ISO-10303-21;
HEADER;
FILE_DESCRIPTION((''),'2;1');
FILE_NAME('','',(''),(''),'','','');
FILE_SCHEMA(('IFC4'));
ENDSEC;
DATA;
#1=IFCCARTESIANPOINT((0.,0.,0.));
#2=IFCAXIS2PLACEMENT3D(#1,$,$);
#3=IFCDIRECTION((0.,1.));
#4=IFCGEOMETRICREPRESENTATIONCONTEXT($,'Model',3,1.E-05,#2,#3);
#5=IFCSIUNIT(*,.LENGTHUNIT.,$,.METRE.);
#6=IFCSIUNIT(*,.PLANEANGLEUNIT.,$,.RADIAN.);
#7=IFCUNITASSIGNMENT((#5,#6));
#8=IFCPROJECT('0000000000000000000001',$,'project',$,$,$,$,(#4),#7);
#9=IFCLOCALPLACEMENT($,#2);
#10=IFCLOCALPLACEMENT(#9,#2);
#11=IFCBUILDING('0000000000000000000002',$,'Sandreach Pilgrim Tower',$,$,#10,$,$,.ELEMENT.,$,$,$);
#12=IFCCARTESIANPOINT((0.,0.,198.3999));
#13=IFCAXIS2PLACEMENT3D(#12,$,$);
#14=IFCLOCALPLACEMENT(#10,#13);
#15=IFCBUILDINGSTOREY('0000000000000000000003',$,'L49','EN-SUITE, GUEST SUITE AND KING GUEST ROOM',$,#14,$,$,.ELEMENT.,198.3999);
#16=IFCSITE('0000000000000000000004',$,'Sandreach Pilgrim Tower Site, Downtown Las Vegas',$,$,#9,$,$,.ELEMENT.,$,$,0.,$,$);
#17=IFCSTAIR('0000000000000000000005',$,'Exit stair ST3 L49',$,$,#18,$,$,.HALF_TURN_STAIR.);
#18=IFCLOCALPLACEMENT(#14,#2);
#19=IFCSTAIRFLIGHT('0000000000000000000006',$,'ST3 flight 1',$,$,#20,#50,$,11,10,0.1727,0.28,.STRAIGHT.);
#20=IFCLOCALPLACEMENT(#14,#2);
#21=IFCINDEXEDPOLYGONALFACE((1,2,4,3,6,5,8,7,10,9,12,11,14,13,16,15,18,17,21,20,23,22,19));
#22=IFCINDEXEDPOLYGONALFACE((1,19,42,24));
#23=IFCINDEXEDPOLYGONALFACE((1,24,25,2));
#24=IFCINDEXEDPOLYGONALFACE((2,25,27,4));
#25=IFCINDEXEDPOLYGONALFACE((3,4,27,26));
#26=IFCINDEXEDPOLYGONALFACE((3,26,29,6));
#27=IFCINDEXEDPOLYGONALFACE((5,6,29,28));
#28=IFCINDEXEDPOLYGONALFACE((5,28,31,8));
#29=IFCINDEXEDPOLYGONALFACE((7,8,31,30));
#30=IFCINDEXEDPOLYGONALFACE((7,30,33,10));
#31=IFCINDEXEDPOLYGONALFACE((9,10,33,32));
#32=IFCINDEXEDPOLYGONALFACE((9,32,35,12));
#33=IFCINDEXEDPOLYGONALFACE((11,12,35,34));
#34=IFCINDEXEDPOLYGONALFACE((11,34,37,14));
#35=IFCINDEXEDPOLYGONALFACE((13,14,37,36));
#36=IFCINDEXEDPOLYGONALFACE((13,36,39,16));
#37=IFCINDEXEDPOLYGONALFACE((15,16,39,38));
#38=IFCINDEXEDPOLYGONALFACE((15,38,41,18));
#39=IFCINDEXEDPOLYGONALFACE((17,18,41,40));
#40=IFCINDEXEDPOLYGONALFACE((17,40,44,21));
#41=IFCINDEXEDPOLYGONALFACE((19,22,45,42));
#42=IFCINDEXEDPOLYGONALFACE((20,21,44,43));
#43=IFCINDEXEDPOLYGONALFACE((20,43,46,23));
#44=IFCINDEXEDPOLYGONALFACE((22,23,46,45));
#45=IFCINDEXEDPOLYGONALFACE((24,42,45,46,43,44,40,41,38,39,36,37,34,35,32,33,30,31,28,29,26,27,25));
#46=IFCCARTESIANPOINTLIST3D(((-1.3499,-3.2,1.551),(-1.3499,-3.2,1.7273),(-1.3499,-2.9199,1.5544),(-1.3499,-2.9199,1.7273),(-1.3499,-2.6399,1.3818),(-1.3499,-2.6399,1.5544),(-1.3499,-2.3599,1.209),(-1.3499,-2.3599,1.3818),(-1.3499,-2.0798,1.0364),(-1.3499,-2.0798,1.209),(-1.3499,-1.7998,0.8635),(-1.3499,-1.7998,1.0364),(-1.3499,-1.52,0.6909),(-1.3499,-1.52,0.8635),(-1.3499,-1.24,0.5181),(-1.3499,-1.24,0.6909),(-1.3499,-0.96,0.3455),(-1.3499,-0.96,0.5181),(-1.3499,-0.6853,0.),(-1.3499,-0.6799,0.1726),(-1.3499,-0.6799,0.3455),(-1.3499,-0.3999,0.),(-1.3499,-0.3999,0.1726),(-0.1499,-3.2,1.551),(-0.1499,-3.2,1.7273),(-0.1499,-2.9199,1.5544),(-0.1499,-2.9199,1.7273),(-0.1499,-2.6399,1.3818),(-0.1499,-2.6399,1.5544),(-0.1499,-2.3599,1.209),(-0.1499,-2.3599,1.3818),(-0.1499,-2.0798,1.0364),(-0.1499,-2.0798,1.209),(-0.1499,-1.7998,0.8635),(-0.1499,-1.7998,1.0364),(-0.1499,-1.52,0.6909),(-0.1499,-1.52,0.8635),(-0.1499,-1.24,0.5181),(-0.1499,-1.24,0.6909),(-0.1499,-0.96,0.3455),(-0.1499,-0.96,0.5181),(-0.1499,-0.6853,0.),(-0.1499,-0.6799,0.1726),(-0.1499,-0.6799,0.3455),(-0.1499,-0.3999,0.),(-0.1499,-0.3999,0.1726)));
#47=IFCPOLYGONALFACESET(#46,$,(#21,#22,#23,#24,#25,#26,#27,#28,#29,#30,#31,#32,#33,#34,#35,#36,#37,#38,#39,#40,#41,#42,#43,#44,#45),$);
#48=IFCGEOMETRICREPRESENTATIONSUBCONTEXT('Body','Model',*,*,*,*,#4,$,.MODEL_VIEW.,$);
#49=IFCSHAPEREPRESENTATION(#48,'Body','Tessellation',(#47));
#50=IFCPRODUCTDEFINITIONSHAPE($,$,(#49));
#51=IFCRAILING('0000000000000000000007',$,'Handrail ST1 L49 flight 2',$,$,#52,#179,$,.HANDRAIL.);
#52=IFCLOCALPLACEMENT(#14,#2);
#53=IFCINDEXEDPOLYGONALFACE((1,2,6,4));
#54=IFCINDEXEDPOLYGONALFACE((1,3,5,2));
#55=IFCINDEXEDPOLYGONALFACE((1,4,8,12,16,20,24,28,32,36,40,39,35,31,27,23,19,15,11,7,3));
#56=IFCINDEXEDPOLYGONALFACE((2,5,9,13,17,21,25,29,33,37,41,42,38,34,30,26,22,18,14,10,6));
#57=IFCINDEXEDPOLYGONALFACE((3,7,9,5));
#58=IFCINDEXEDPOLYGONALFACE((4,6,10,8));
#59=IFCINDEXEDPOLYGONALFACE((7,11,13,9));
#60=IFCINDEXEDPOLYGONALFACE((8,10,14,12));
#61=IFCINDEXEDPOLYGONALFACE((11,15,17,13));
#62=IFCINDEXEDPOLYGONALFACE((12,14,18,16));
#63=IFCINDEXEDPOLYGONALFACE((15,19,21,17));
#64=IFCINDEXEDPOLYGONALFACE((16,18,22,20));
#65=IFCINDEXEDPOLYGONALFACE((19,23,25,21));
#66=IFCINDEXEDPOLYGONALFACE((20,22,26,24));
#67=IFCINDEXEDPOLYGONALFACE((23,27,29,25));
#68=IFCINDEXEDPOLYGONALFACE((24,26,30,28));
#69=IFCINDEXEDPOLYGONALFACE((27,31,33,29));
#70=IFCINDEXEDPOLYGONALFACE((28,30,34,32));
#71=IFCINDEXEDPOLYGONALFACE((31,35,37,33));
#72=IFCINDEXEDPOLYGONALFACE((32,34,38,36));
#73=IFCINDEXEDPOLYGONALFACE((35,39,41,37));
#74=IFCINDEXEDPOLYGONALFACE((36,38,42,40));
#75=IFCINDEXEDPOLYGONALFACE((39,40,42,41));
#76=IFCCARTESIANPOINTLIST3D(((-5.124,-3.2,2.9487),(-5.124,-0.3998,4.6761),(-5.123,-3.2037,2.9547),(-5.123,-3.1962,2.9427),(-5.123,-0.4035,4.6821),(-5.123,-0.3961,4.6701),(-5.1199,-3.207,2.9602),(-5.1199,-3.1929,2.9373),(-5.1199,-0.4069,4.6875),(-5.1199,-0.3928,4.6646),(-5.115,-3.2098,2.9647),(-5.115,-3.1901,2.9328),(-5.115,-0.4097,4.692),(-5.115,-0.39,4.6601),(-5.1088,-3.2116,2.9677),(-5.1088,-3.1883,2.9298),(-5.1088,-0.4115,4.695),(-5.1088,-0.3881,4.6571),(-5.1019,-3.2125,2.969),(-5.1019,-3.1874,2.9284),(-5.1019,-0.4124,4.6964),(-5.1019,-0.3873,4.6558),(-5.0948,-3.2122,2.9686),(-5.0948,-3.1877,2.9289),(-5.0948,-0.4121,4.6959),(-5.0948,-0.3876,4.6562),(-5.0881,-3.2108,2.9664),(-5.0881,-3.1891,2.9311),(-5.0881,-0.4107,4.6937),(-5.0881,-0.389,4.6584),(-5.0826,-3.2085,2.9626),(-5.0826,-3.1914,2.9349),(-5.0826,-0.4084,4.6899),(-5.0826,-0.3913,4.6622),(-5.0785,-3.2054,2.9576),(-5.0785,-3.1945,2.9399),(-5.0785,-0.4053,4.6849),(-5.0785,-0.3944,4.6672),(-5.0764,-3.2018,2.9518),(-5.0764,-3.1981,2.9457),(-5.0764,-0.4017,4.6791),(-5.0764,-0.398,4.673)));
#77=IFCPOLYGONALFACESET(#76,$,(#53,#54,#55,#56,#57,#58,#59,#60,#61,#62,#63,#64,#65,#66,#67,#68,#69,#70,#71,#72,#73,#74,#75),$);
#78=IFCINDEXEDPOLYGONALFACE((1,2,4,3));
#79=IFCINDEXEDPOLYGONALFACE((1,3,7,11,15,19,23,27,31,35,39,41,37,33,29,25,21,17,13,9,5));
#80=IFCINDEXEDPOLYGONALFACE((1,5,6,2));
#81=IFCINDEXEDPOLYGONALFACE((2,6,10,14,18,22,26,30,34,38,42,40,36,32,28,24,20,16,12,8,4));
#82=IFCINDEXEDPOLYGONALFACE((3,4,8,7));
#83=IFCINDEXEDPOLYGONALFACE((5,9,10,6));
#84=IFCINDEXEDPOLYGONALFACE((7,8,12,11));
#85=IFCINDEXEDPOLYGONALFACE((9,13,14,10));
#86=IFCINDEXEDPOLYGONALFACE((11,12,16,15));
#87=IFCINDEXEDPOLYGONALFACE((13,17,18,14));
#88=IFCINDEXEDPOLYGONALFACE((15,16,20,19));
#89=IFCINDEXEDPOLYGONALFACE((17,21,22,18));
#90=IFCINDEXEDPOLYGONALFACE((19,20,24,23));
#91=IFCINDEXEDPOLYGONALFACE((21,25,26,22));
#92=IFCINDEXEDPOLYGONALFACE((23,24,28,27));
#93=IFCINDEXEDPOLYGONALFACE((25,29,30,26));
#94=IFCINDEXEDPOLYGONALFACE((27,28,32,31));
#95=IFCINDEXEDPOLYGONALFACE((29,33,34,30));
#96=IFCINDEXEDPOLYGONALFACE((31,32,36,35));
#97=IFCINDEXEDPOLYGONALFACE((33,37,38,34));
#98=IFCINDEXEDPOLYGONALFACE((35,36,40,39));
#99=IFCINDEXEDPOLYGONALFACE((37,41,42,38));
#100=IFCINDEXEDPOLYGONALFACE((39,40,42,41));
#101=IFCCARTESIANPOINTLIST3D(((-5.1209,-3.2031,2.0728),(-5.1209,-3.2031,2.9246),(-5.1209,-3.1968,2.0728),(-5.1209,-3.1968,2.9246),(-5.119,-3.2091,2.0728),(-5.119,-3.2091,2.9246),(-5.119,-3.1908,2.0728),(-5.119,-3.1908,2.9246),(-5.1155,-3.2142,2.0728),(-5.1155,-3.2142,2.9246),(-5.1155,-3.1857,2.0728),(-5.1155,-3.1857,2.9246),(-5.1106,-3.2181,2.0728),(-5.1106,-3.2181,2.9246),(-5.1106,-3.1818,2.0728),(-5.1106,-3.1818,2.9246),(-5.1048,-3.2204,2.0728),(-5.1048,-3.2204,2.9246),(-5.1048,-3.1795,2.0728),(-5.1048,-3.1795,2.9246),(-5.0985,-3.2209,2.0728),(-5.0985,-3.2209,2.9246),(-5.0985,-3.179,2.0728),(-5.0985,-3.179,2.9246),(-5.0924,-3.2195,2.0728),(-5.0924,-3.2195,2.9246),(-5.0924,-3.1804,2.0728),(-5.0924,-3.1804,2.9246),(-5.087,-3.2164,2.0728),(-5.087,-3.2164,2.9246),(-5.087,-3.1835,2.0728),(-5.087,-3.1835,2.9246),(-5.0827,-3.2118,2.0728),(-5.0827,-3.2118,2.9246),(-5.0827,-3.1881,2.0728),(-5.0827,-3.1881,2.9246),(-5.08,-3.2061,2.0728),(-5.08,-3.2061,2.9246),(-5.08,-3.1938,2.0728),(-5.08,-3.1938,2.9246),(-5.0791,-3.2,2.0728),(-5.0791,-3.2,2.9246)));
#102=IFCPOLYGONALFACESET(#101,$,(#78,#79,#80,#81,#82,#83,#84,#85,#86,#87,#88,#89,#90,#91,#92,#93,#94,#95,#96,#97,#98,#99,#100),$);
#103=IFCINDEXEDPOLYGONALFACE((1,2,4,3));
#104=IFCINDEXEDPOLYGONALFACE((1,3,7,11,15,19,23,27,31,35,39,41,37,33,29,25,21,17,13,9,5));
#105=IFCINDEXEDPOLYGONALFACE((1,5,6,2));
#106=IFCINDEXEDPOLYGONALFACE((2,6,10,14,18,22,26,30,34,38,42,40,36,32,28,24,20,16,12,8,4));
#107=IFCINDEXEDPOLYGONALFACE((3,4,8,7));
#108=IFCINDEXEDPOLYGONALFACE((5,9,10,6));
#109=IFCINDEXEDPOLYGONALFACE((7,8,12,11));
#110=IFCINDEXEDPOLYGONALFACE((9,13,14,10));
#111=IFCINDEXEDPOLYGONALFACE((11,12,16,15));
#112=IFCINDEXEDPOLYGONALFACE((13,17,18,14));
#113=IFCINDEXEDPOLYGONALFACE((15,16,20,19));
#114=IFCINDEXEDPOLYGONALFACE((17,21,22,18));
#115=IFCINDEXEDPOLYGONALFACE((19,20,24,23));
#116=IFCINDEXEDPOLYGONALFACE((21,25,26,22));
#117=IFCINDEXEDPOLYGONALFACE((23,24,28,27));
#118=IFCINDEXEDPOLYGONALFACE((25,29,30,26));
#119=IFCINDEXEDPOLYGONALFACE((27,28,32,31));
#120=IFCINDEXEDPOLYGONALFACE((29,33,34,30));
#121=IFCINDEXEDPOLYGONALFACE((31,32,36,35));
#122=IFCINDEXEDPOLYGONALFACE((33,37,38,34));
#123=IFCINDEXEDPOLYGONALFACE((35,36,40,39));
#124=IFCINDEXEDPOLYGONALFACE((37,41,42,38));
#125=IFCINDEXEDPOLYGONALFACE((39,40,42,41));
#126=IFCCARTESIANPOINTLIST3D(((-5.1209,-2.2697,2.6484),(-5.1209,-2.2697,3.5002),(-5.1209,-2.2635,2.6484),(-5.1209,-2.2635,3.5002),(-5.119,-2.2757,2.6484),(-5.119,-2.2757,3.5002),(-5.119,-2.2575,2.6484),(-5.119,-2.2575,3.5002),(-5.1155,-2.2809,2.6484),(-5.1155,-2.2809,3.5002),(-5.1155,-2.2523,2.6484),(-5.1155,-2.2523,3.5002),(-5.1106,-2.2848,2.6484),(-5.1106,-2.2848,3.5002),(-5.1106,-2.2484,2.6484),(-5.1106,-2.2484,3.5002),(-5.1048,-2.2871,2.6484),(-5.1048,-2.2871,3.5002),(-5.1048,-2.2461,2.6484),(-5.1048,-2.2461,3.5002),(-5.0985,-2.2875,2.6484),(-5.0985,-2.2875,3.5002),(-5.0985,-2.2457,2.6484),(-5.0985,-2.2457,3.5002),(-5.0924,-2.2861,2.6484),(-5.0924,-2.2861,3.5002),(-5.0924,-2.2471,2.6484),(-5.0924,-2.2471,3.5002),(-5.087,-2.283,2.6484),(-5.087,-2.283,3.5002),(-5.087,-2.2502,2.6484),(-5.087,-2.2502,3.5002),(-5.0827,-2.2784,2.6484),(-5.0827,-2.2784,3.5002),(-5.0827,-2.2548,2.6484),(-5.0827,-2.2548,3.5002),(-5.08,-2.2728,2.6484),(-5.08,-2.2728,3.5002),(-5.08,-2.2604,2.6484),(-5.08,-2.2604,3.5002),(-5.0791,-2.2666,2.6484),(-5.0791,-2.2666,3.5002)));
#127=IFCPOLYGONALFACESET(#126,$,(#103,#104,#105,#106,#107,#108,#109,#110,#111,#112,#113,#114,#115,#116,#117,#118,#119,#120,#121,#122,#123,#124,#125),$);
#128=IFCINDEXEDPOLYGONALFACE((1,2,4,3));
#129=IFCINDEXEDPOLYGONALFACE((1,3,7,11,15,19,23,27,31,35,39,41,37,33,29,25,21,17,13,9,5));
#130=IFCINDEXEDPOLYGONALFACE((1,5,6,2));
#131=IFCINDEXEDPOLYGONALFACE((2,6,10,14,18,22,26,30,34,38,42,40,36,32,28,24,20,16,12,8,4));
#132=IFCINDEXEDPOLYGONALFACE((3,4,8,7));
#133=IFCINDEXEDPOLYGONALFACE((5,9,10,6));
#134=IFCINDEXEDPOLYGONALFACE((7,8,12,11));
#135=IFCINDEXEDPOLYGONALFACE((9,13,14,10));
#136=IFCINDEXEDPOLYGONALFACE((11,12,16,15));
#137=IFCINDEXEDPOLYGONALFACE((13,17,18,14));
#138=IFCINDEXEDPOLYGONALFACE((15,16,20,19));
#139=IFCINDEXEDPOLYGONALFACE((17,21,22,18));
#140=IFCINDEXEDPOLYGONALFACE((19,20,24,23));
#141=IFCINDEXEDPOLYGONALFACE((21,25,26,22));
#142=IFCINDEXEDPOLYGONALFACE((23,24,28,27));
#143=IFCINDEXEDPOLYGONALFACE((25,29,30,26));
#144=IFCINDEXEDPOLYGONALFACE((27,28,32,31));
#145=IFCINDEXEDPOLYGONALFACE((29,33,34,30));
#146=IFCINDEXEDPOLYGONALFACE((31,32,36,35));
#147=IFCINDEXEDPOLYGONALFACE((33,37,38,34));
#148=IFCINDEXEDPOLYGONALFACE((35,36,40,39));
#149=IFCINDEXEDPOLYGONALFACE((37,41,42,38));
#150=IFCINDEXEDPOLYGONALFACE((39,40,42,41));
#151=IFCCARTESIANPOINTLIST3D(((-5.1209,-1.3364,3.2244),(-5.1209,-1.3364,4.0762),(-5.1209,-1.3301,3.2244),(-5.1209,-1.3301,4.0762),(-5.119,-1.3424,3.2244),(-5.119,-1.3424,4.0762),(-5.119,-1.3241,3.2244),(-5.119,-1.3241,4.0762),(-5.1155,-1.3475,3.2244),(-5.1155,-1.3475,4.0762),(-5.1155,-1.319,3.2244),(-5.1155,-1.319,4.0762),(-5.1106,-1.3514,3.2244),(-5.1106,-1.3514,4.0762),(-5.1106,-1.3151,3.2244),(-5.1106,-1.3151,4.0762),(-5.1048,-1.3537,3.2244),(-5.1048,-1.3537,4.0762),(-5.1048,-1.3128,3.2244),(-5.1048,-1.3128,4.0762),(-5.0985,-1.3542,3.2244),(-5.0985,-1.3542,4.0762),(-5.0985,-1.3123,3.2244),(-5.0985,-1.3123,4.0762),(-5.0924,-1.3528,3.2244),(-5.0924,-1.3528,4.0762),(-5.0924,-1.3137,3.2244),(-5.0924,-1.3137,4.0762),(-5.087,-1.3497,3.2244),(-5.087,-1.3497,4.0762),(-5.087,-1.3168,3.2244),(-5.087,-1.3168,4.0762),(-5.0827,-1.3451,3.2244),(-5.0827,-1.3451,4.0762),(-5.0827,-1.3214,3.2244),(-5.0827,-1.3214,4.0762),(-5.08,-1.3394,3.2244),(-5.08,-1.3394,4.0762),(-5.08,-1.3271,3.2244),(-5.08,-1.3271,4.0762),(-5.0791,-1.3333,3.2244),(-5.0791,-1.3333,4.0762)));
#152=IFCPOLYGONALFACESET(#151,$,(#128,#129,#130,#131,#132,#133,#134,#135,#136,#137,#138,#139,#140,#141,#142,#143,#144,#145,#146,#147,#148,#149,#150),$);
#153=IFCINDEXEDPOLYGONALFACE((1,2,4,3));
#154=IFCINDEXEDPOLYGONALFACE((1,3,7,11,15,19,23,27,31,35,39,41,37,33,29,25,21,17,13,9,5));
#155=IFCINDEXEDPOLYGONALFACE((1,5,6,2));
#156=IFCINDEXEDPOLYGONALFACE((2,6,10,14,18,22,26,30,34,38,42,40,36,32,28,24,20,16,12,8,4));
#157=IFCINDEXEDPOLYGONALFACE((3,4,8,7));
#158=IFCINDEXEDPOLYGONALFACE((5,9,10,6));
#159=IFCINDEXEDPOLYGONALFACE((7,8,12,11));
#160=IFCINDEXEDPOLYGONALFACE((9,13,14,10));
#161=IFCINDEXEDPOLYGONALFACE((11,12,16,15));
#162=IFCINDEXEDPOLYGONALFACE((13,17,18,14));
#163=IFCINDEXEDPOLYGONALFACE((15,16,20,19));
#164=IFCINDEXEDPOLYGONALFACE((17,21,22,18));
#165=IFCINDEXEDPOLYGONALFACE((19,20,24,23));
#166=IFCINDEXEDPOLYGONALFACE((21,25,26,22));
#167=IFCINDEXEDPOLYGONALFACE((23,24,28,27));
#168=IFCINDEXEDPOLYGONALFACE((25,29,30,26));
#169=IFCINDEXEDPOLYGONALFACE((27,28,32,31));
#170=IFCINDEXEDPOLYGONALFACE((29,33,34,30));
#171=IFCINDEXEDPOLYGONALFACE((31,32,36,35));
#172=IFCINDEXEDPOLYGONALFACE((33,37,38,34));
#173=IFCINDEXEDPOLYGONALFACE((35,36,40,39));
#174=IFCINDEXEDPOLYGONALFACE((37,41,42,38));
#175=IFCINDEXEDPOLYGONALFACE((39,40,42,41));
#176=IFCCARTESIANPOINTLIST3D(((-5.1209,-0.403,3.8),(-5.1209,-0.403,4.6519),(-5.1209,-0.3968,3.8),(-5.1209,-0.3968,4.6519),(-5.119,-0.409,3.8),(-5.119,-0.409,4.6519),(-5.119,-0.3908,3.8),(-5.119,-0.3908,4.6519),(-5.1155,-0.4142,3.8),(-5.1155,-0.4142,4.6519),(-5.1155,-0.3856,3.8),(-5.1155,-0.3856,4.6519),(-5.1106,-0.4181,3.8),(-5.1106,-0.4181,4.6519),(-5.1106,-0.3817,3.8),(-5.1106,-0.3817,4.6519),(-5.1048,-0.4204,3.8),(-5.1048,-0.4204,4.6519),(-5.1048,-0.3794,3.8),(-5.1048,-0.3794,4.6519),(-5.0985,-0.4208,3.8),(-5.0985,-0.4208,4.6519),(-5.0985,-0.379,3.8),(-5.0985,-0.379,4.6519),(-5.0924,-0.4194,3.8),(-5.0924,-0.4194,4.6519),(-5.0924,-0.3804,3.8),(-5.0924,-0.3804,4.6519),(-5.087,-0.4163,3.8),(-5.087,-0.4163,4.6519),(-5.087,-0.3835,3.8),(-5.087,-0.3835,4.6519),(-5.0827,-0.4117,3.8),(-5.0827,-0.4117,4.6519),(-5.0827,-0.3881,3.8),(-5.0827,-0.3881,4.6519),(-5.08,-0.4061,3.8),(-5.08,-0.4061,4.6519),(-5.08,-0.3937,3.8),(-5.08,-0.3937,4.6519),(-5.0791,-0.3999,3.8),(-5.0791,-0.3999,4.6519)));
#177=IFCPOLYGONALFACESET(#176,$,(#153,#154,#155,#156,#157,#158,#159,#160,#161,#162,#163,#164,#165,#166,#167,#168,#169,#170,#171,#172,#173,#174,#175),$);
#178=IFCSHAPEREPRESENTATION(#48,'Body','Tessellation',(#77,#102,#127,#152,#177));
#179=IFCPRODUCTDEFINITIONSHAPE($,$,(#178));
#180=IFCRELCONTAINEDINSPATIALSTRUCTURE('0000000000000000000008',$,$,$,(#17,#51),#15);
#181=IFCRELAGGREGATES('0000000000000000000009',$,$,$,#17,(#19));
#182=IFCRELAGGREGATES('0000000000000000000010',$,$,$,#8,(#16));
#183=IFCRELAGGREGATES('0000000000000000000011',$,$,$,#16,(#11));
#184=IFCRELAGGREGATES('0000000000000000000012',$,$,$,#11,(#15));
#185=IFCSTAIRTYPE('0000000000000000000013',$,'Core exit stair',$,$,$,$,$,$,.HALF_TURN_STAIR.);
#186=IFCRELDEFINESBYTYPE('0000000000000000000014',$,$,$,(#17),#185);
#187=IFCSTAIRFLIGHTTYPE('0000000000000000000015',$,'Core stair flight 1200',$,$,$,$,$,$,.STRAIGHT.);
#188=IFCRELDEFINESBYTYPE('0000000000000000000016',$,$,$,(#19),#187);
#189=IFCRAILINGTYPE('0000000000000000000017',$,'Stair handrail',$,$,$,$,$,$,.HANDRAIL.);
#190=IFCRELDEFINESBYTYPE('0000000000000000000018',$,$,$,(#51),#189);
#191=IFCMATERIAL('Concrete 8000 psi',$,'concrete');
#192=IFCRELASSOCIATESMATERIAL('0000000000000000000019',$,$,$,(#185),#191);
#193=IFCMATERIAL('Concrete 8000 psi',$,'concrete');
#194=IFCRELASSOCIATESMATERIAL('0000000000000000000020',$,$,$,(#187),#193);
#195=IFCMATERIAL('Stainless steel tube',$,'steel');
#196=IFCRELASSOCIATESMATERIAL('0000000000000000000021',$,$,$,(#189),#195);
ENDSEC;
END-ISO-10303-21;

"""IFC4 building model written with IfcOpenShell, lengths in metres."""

from ifc_helpers import new_model, si_unit, direction, frame, origin, origin_2d, place, context, subcontext, project, spatial, polyline, circle, outline, extrude, material, type_object, element, aggregate, save


model = new_model("IFC4")

# Units and contexts
model_context = context("Model", 3, precision=1e-05, world=origin(), true_north=direction((0.0, 1.0)))
body_context = subcontext(model_context, "Body", "Model", "MODEL_VIEW")
ifc_project = project(units=[si_unit("LENGTHUNIT", "METRE"), si_unit("PLANEANGLEUNIT", "RADIAN")], contexts=[model_context])

# Site, building, storey
site_placement = place(None, origin())
site = spatial("IfcSite", under=ifc_project, at=site_placement, Name="Sandreach Pilgrim Tower Site, Downtown Las Vegas", CompositionType="ELEMENT", RefElevation=0.0)
building_placement = place(site_placement, origin())
building = spatial("IfcBuilding", under=site, at=building_placement, Name="Sandreach Pilgrim Tower", CompositionType="ELEMENT")
storey_placement = place(building_placement, frame((0.0, 0.0, 198.3999)))
storey = spatial("IfcBuildingStorey", under=building, at=storey_placement, Name="L49", Description="EN-SUITE, GUEST SUITE AND KING GUEST ROOM", CompositionType="ELEMENT", Elevation=198.3999)

# Stair, stair flight
ifc_material_1 = material(Name="Concrete 8000 psi", Category="concrete")
stair_type = type_object("IfcStairType", Name="Core exit stair", PredefinedType="HALF_TURN_STAIR", material=ifc_material_1)
stair_placement = place(storey_placement, origin())
stair = element("IfcStair", 1, at=stair_placement, inside=storey, type_object=stair_type, Name="Exit stair ST3 L49", PredefinedType="HALF_TURN_STAIR")
ifc_material_2 = material(Name="Concrete 8000 psi", Category="concrete")
stair_flight_type = type_object("IfcStairFlightType", Name="Core stair flight 1200", PredefinedType="STRAIGHT", material=ifc_material_2)
stair_flight_placement = place(storey_placement, frame((-0.75, -0.3999, 0.0), z_axis=(0.0, 0.0, 1.0), x_axis=(0.0, -1.0, 0.0)))
stair_flight = element("IfcStairFlight", 2, at=stair_flight_placement, type_object=stair_flight_type, Name="ST3 flight 1", NumberOfRisers=11, NumberOfTreads=10, PredefinedType="STRAIGHT", RiserHeight=0.1727, TreadLength=0.28, context=body_context, shape_type="SweptSolid", body=[
    extrude(outline(polyline([(0.0, 0.0), (0.0, 0.1726), (0.28, 0.1726), (0.28, 0.3455), (0.5601, 0.3455), (0.5601, 0.5181), (0.8401, 0.5181), (0.8401, 0.6909), (1.1201, 0.6909), (1.1201, 0.8635), (1.3999, 0.8635), (1.3999, 1.0364), (1.6799, 1.0364), (1.6799, 1.209), (1.96, 1.209), (1.96, 1.3818), (2.24, 1.3818), (2.24, 1.5544), (2.52, 1.5544), (2.52, 1.7273), (2.8, 1.7273), (2.8, 1.8999), (2.8, 1.551), (0.2854, 0.0), (0.0, 0.0)])), frame((0.0, 0.6001, 0.0), z_axis=(0.0, -1.0, 0.0), x_axis=(1.0, 0.0, 0.0)), (0.0, 0.0, 1.0), 1.2),
])
aggregate(stair, [stair_flight])

# Railing
ifc_material_3 = material(Name="Stainless steel tube", Category="steel")
railing_type = type_object("IfcRailingType", Name="Stair handrail", PredefinedType="HANDRAIL", material=ifc_material_3)
railing_placement = place(storey_placement, frame((-5.1001, -3.2, 2.0728)))
element("IfcRailing", 3, at=railing_placement, inside=storey, type_object=railing_type, Name="Handrail ST1 L49 flight 2", PredefinedType="HANDRAIL", context=body_context, shape_type="SweptSolid", body=[
    extrude(circle(Radius=0.0239, at=origin_2d()), frame((0.0, 0.0, 0.876), z_axis=(0.0, 0.85109, 0.52502), x_axis=(-1.0, 0.0, 0.0)), (0.0, 0.0, 1.0), 3.29),
    extrude(circle(Radius=0.021, at=origin_2d()), origin(), (0.0, 0.0, 1.0), 0.8518),
    extrude(circle(Radius=0.021, at=origin_2d()), frame((0.0, 0.9333, 0.5757)), (0.0, 0.0, 1.0), 0.8518),
    extrude(circle(Radius=0.021, at=origin_2d()), frame((0.0, 1.8667, 1.1516)), (0.0, 0.0, 1.0), 0.8518),
    extrude(circle(Radius=0.021, at=origin_2d()), frame((0.0, 2.8, 1.7273)), (0.0, 0.0, 1.0), 0.8518),
])

save(model, "model.ifc")
